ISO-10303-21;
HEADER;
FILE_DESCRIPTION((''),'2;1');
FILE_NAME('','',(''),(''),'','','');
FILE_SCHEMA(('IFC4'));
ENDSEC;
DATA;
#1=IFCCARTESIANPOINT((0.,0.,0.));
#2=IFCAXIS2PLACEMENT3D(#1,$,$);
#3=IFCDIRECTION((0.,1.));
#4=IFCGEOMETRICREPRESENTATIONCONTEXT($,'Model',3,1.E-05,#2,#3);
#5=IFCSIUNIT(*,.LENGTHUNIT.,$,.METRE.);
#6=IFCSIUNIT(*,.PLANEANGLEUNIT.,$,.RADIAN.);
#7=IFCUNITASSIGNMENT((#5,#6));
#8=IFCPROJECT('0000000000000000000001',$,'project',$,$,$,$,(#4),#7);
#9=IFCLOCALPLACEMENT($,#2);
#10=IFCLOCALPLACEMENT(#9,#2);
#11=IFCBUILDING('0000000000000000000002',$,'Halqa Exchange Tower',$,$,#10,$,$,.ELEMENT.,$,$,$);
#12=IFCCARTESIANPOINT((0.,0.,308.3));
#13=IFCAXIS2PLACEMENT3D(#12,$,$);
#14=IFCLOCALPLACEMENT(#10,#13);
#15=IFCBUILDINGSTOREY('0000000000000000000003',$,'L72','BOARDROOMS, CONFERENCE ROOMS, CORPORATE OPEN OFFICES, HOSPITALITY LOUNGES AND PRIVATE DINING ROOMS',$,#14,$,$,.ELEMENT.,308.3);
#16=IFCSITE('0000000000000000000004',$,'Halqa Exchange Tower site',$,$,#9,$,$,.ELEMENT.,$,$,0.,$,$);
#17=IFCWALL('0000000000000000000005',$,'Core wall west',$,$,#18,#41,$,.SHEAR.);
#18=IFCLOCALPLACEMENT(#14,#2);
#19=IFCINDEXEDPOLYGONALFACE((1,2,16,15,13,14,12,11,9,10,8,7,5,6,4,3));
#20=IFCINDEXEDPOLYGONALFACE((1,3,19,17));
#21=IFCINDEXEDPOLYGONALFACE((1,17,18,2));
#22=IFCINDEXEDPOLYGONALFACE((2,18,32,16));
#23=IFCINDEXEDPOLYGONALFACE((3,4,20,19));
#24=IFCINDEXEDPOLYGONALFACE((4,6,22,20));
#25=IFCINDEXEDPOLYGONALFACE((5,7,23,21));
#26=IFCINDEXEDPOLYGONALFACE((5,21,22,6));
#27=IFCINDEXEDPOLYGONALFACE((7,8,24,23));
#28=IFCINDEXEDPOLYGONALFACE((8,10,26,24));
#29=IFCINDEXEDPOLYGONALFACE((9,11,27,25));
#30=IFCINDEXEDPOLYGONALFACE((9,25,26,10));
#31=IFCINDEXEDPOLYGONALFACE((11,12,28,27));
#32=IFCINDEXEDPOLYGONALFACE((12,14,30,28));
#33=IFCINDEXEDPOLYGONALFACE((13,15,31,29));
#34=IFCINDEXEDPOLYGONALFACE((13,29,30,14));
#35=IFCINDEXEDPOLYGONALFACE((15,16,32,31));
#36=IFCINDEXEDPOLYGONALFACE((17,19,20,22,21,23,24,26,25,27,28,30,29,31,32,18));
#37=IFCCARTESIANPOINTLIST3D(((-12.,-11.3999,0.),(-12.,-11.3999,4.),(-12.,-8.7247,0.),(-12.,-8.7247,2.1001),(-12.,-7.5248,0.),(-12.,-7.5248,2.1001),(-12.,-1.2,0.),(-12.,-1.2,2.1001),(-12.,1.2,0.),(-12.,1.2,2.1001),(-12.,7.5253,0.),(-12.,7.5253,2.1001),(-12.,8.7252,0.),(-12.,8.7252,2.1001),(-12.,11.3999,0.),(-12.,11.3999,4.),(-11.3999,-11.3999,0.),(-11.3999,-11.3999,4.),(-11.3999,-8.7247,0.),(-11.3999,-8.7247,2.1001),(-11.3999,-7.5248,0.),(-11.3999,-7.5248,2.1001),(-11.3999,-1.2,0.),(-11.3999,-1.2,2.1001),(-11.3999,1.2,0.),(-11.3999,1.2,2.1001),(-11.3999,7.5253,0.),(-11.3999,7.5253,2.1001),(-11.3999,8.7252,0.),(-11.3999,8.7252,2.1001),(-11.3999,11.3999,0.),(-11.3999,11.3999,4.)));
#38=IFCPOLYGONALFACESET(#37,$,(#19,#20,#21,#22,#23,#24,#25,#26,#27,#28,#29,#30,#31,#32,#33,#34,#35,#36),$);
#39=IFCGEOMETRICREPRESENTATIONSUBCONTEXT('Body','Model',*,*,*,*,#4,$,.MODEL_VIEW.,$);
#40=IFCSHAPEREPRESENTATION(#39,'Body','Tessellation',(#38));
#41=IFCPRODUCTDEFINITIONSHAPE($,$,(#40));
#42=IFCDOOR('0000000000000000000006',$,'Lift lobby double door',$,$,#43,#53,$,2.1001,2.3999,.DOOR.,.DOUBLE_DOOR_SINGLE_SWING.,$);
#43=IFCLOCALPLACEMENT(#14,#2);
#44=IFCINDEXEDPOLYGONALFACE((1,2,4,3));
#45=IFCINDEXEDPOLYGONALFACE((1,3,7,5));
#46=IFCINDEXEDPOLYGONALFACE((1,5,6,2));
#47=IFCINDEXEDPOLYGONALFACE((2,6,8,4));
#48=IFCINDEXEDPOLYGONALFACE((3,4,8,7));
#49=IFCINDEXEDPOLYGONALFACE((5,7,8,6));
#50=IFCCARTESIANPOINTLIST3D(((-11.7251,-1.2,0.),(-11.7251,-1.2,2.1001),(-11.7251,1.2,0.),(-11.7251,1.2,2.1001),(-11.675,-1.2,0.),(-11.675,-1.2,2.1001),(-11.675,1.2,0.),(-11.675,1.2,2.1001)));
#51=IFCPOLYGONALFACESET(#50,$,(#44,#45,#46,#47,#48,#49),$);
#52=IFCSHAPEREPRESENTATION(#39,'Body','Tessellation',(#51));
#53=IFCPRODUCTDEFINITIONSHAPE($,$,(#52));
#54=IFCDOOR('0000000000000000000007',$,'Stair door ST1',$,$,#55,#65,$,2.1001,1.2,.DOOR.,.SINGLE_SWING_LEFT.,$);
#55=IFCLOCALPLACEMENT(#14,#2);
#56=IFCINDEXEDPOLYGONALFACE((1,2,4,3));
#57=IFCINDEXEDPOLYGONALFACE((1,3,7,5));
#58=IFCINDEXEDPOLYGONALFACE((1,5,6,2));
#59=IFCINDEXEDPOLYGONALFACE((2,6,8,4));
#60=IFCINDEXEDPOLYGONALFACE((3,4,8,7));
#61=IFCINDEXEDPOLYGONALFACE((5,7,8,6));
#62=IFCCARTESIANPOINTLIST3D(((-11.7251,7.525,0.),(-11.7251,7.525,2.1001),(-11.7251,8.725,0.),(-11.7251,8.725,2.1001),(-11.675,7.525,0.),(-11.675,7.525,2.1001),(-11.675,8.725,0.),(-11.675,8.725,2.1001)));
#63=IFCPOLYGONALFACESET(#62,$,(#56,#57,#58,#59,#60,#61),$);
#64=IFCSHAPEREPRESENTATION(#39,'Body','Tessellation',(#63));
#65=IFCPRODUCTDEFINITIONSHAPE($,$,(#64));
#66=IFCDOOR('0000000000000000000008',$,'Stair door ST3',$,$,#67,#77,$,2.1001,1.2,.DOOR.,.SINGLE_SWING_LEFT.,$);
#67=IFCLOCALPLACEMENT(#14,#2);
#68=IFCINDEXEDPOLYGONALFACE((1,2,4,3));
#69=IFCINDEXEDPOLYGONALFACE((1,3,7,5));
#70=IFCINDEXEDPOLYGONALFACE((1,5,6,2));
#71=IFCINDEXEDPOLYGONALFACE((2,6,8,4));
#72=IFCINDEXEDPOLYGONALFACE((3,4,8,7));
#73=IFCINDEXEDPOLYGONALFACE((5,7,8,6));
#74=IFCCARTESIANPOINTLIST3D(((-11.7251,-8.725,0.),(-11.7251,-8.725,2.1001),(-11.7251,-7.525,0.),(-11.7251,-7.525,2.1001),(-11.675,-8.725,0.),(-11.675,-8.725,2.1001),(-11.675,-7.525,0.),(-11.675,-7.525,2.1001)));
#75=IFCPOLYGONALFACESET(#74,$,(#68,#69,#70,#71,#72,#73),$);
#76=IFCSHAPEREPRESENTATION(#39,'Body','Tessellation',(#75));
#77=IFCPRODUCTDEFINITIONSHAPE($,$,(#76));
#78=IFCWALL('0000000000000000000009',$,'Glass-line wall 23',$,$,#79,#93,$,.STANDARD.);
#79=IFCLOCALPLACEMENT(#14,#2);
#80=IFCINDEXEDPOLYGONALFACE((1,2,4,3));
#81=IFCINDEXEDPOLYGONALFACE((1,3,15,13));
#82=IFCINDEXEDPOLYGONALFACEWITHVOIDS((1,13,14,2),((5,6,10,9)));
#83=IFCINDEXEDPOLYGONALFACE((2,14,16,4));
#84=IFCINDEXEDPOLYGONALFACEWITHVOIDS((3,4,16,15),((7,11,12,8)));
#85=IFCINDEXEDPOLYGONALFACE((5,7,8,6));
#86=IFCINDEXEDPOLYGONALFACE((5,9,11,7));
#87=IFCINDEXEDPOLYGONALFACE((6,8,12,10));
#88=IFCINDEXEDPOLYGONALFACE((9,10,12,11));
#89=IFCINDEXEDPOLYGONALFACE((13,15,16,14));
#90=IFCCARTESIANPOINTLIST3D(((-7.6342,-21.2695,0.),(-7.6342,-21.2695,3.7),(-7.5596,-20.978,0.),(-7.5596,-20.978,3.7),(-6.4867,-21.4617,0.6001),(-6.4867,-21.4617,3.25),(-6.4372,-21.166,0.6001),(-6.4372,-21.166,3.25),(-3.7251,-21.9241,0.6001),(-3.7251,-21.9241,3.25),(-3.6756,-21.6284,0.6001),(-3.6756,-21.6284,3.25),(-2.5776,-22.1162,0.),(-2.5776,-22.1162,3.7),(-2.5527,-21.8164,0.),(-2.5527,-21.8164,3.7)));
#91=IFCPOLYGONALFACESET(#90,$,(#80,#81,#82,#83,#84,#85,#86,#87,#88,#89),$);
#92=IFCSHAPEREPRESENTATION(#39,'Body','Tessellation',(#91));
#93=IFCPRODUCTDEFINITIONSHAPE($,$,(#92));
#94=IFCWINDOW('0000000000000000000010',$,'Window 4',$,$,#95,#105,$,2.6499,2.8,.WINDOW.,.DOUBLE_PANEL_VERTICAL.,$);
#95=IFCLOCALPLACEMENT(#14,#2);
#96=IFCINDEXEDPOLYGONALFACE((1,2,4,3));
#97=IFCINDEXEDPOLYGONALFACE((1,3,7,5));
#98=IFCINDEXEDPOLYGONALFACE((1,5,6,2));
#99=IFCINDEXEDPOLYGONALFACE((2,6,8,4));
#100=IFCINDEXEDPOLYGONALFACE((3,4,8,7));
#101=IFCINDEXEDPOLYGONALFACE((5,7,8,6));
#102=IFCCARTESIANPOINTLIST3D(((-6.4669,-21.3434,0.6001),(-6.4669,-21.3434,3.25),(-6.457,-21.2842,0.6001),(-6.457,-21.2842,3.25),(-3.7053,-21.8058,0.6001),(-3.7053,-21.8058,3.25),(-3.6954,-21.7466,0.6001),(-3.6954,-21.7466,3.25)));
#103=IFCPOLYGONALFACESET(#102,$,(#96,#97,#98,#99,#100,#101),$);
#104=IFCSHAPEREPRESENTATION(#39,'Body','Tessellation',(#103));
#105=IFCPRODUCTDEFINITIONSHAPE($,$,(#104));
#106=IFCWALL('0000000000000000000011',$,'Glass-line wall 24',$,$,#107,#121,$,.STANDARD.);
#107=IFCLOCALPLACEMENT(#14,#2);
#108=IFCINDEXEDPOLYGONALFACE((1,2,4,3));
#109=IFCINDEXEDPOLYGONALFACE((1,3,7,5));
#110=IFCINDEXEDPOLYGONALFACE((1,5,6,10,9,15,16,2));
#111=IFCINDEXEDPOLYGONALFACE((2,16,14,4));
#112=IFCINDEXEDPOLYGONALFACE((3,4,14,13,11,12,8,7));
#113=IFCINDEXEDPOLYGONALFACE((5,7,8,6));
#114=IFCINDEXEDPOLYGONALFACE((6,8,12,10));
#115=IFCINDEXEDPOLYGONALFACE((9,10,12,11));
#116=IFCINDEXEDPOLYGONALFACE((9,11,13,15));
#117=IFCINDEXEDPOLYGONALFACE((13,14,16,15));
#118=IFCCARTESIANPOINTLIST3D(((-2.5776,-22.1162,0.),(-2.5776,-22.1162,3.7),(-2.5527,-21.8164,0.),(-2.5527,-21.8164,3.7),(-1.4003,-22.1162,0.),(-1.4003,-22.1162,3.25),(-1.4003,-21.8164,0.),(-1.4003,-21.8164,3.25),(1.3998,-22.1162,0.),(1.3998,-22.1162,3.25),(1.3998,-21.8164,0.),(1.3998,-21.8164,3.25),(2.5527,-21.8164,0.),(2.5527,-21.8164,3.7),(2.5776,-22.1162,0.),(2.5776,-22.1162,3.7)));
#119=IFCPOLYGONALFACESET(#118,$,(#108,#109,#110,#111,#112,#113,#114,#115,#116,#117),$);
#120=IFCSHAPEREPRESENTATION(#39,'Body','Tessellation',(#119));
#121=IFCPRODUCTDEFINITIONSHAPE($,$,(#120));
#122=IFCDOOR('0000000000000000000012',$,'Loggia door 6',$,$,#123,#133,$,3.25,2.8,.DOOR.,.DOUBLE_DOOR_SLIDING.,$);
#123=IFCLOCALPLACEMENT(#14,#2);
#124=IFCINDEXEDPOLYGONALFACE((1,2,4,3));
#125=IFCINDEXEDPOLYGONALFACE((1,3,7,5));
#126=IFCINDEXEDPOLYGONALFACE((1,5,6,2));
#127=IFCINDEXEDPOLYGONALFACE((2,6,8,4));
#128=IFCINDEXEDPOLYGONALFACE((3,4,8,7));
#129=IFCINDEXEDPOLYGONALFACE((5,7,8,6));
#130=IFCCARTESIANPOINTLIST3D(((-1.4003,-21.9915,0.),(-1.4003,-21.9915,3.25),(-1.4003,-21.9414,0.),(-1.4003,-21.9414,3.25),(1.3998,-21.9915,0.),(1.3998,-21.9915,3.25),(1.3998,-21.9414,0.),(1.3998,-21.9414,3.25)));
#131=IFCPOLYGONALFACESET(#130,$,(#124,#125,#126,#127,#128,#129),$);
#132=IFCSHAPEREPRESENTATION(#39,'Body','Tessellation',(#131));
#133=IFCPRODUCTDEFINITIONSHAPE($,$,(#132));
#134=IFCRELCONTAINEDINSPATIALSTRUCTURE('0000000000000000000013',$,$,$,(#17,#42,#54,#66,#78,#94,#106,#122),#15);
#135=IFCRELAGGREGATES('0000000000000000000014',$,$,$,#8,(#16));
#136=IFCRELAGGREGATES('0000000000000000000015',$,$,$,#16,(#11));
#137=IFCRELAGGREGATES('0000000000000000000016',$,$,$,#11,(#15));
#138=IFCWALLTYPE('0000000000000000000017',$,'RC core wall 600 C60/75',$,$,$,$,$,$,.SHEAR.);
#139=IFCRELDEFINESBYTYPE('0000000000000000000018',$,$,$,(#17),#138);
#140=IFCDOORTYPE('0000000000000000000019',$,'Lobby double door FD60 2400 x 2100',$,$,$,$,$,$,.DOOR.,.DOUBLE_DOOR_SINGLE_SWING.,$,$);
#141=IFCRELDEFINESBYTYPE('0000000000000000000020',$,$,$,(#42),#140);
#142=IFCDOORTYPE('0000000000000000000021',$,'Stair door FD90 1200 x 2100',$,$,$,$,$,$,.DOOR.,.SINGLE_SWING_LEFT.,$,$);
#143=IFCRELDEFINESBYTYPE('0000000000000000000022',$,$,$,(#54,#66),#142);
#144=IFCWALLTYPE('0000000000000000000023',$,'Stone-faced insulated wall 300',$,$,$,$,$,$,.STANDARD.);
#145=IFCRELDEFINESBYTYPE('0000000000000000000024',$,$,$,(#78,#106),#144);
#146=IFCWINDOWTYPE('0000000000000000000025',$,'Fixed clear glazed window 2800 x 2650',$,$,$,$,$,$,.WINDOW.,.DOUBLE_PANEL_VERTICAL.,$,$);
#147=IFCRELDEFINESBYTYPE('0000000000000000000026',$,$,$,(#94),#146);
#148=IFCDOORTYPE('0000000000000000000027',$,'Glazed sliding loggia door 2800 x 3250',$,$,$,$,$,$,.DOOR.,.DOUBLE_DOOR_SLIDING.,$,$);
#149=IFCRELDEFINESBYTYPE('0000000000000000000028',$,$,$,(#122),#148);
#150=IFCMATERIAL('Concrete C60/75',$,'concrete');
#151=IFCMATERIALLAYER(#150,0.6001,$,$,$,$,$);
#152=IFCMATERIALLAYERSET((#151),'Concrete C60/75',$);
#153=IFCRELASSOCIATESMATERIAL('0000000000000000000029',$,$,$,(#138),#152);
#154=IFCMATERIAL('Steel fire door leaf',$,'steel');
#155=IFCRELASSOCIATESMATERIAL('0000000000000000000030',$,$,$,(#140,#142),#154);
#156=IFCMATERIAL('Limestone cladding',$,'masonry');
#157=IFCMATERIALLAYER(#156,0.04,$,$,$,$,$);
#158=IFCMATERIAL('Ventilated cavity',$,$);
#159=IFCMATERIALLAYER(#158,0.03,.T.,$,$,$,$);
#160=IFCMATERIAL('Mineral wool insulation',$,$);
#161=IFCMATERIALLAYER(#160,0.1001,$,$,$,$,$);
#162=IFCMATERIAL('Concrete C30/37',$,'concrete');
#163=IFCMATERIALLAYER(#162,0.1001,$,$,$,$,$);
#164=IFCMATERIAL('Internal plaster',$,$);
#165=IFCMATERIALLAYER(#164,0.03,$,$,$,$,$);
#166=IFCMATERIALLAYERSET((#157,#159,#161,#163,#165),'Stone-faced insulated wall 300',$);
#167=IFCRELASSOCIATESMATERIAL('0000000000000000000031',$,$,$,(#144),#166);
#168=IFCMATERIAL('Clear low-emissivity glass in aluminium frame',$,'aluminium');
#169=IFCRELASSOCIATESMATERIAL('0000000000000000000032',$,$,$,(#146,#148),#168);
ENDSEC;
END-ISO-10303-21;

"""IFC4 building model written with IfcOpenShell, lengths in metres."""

from ifc_helpers import new_model, si_unit, direction, frame, frame_2d, origin, place, context, subcontext, project, spatial, polyline, rectangle, outline, extrude, material, layer, layer_set, type_object, element, fill, save


model = new_model("IFC4")

# Units and contexts
model_context = context("Model", 3, precision=1e-05, world=origin(), true_north=direction((0.0, 1.0)))
body_context = subcontext(model_context, "Body", "Model", "MODEL_VIEW")
ifc_project = project(units=[si_unit("LENGTHUNIT", "METRE"), si_unit("PLANEANGLEUNIT", "RADIAN")], contexts=[model_context])

# Site, building, storey
site_placement = place(None, origin())
site = spatial("IfcSite", under=ifc_project, at=site_placement, Name="Halqa Exchange Tower site", CompositionType="ELEMENT", RefElevation=0.0)
building_placement = place(site_placement, origin())
building = spatial("IfcBuilding", under=site, at=building_placement, Name="Halqa Exchange Tower", CompositionType="ELEMENT")
storey_placement = place(building_placement, frame((0.0, 0.0, 308.3)))
storey = spatial("IfcBuildingStorey", under=building, at=storey_placement, Name="L72", Description="BOARDROOMS, CONFERENCE ROOMS, CORPORATE OPEN OFFICES, HOSPITALITY LOUNGES AND PRIVATE DINING ROOMS", CompositionType="ELEMENT", Elevation=308.3)

# Shared definitions
ifc_material_1 = material(Name="Concrete C60/75", Category="concrete")

# Wall, openings, doors
ifc_layer_1 = layer(ifc_material_1, 0.6001)
ifc_layer_set_1 = layer_set([ifc_layer_1], Name="Concrete C60/75")
wall_type_1 = type_object("IfcWallType", Name="RC core wall 600 C60/75", PredefinedType="SHEAR", material=ifc_layer_set_1)
wall_1_placement = place(storey_placement, frame((-11.7, -11.3999, 0.0), z_axis=(0.0, 0.0, 1.0), x_axis=(0.0, 1.0, 0.0)))
wall_1 = element("IfcWall", 1, at=wall_1_placement, inside=storey, type_object=wall_type_1, Name="Core wall west", PredefinedType="SHEAR", context=body_context, shape_type="SweptSolid", body=[
    extrude(rectangle(XDim=22.7998, YDim=0.6001, at=frame_2d((11.3999, 0.0))), origin(), (0.0, 0.0, 1.0), 4.0),
])
opening_1_placement = place(wall_1_placement, frame((10.2, 0.0, 0.0)))
opening_1 = element("IfcOpeningElement", 2, at=opening_1_placement, cuts=wall_1, PredefinedType="OPENING", context=body_context, shape_type="SweptSolid", body=[
    extrude(rectangle(XDim=2.3999, YDim=2.1001, at=frame_2d((1.2, 1.05))), frame((0.0, 0.312, 0.0), z_axis=(0.0, -1.0, 0.0), x_axis=(1.0, 0.0, 0.0)), (0.0, 0.0, 1.0), 0.624),
])
opening_2_placement = place(wall_1_placement, frame((18.925, 0.0, 0.0)))
opening_2 = element("IfcOpeningElement", 3, at=opening_2_placement, cuts=wall_1, PredefinedType="OPENING", context=body_context, shape_type="SweptSolid", body=[
    extrude(rectangle(XDim=1.2, YDim=2.1001, at=frame_2d((0.6001, 1.05))), frame((0.0, 0.312, 0.0), z_axis=(0.0, -1.0, 0.0), x_axis=(1.0, 0.0, 0.0)), (0.0, 0.0, 1.0), 0.624),
])
opening_3_placement = place(wall_1_placement, frame((2.675, 0.0, 0.0)))
opening_3 = element("IfcOpeningElement", 4, at=opening_3_placement, cuts=wall_1, PredefinedType="OPENING", context=body_context, shape_type="SweptSolid", body=[
    extrude(rectangle(XDim=1.2, YDim=2.1001, at=frame_2d((0.6001, 1.05))), frame((0.0, 0.312, 0.0), z_axis=(0.0, -1.0, 0.0), x_axis=(1.0, 0.0, 0.0)), (0.0, 0.0, 1.0), 0.624),
])
ifc_material_2 = material(Name="Steel fire door leaf", Category="steel")
door_type_1 = type_object("IfcDoorType", Name="Lobby double door FD60 2400 x 2100", OperationType="DOUBLE_DOOR_SINGLE_SWING", PredefinedType="DOOR", material=ifc_material_2)
door_1_placement = place(opening_1_placement, frame((2.3999, 0.0, 0.0), z_axis=(0.0, 0.0, 1.0), x_axis=(-1.0, 0.0, 0.0)))
door_1 = element("IfcDoor", 5, at=door_1_placement, inside=storey, type_object=door_type_1, Name="Lift lobby double door", OperationType="DOUBLE_DOOR_SINGLE_SWING", OverallHeight=2.1001, OverallWidth=2.3999, PredefinedType="DOOR", context=body_context, shape_type="SweptSolid", body=[
    extrude(rectangle(XDim=2.3999, YDim=2.1001, at=frame_2d((1.2, 1.05))), frame((0.0, 0.0249, 0.0), z_axis=(0.0, -1.0, 0.0), x_axis=(1.0, 0.0, 0.0)), (0.0, 0.0, 1.0), 0.05),
])
fill(opening_1, door_1)
door_type_2 = type_object("IfcDoorType", Name="Stair door FD90 1200 x 2100", OperationType="SINGLE_SWING_LEFT", PredefinedType="DOOR", material=ifc_material_2)
door_2_placement = place(opening_2_placement, frame((1.2, 0.0, 0.0), z_axis=(0.0, 0.0, 1.0), x_axis=(-1.0, 0.0, 0.0)))
door_2 = element("IfcDoor", 6, at=door_2_placement, inside=storey, type_object=door_type_2, Name="Stair door ST1", OperationType="SINGLE_SWING_LEFT", OverallHeight=2.1001, OverallWidth=1.2, PredefinedType="DOOR", context=body_context, shape_type="SweptSolid", body=[
    extrude(rectangle(XDim=1.2, YDim=2.1001, at=frame_2d((0.6001, 1.05))), frame((0.0, 0.0249, 0.0), z_axis=(0.0, -1.0, 0.0), x_axis=(1.0, 0.0, 0.0)), (0.0, 0.0, 1.0), 0.05),
])
fill(opening_2, door_2)
door_3_placement = place(opening_3_placement, frame((1.2, 0.0, 0.0), z_axis=(0.0, 0.0, 1.0), x_axis=(-1.0, 0.0, 0.0)))
door_3 = element("IfcDoor", 7, at=door_3_placement, inside=storey, type_object=door_type_2, Name="Stair door ST3", OperationType="SINGLE_SWING_LEFT", OverallHeight=2.1001, OverallWidth=1.2, PredefinedType="DOOR", context=body_context, shape_type="SweptSolid", body=[
    extrude(rectangle(XDim=1.2, YDim=2.1001, at=frame_2d((0.6001, 1.05))), frame((0.0, 0.0249, 0.0), z_axis=(0.0, -1.0, 0.0), x_axis=(1.0, 0.0, 0.0)), (0.0, 0.0, 1.0), 0.05),
])
fill(opening_3, door_3)

# Wall, opening, window
ifc_material_3 = material(Name="Limestone cladding", Category="masonry")
ifc_layer_2 = layer(ifc_material_3, 0.04)
ifc_material_4 = material(Name="Ventilated cavity")
ifc_layer_3 = layer(ifc_material_4, 0.03, ventilated=True)
ifc_material_5 = material(Name="Mineral wool insulation")
ifc_layer_4 = layer(ifc_material_5, 0.1001)
ifc_material_6 = material(Name="Concrete C30/37", Category="concrete")
ifc_layer_5 = layer(ifc_material_6, 0.1001)
ifc_material_7 = material(Name="Internal plaster")
ifc_layer_6 = layer(ifc_material_7, 0.03)
ifc_layer_set_2 = layer_set([ifc_layer_2, ifc_layer_3, ifc_layer_4, ifc_layer_5, ifc_layer_6], Name="Stone-faced insulated wall 300")
wall_type_2 = type_object("IfcWallType", Name="Stone-faced insulated wall 300", PredefinedType="STANDARD", material=ifc_layer_set_2)
wall_2_placement = place(storey_placement, frame((-7.5969, -21.1238, 0.0), z_axis=(0.0, 0.0, 1.0), x_axis=(0.986269, -0.165144, 0.0)))
wall_2 = element("IfcWall", 8, at=wall_2_placement, inside=storey, type_object=wall_type_2, Name="Glass-line wall 23", PredefinedType="STANDARD", context=body_context, shape_type="SweptSolid", body=[
    extrude(outline(polyline([(-0.0127, -0.1499), (5.1143, -0.1499), (5.0894, 0.1499), (0.0127, 0.1499), (-0.0127, -0.1499)])), origin(), (0.0, 0.0, 1.0), 3.7),
])
opening_4_placement = place(wall_2_placement, frame((1.1509, 0.0, 0.6001)))
opening_4 = element("IfcOpeningElement", 9, at=opening_4_placement, cuts=wall_2, PredefinedType="OPENING", context=body_context, shape_type="SweptSolid", body=[
    extrude(rectangle(XDim=2.8, YDim=2.6499, at=frame_2d((1.3999, 1.325))), frame((0.0, 0.1621, 0.0), z_axis=(0.0, -1.0, 0.0), x_axis=(1.0, 0.0, 0.0)), (0.0, 0.0, 1.0), 0.324),
])
ifc_material_8 = material(Name="Clear low-emissivity glass in aluminium frame", Category="aluminium")
window_type = type_object("IfcWindowType", Name="Fixed clear glazed window 2800 x 2650", PartitioningType="DOUBLE_PANEL_VERTICAL", PredefinedType="WINDOW", material=ifc_material_8)
window_placement = place(opening_4_placement, origin())
window = element("IfcWindow", 10, at=window_placement, inside=storey, type_object=window_type, Name="Window 4", OverallHeight=2.6499, OverallWidth=2.8, PartitioningType="DOUBLE_PANEL_VERTICAL", PredefinedType="WINDOW", context=body_context, shape_type="SweptSolid", body=[
    extrude(rectangle(XDim=2.8, YDim=2.6499, at=frame_2d((1.3999, 1.325))), frame((0.0, 0.03, 0.0), z_axis=(0.0, -1.0, 0.0), x_axis=(1.0, 0.0, 0.0)), (0.0, 0.0, 1.0), 0.0601),
])
fill(opening_4, window)

# Wall, opening, door
wall_3_placement = place(storey_placement, frame((-2.5652, -21.9663, 0.0), z_axis=(0.0, 0.0, 1.0), x_axis=(1.0, 0.0, 0.0)))
wall_3 = element("IfcWall", 11, at=wall_3_placement, inside=storey, type_object=wall_type_2, Name="Glass-line wall 24", PredefinedType="STANDARD", context=body_context, shape_type="SweptSolid", body=[
    extrude(outline(polyline([(-0.0125, -0.1499), (5.1428, -0.1499), (5.1179, 0.1499), (0.0125, 0.1499), (-0.0125, -0.1499)])), origin(), (0.0, 0.0, 1.0), 3.7),
])
opening_5_placement = place(wall_3_placement, frame((1.165, 0.0, 0.0)))
opening_5 = element("IfcOpeningElement", 12, at=opening_5_placement, cuts=wall_3, PredefinedType="OPENING", context=body_context, shape_type="SweptSolid", body=[
    extrude(rectangle(XDim=2.8, YDim=3.25, at=frame_2d((1.3999, 1.625))), frame((0.0, 0.1621, 0.0), z_axis=(0.0, -1.0, 0.0), x_axis=(1.0, 0.0, 0.0)), (0.0, 0.0, 1.0), 0.324),
])
door_type_3 = type_object("IfcDoorType", Name="Glazed sliding loggia door 2800 x 3250", OperationType="DOUBLE_DOOR_SLIDING", PredefinedType="DOOR", material=ifc_material_8)
door_4_placement = place(opening_5_placement, origin())
door_4 = element("IfcDoor", 13, at=door_4_placement, inside=storey, type_object=door_type_3, Name="Loggia door 6", OperationType="DOUBLE_DOOR_SLIDING", OverallHeight=3.25, OverallWidth=2.8, PredefinedType="DOOR", context=body_context, shape_type="SweptSolid", body=[
    extrude(rectangle(XDim=2.8, YDim=3.25, at=frame_2d((1.3999, 1.625))), frame((0.0, 0.0249, 0.0), z_axis=(0.0, -1.0, 0.0), x_axis=(1.0, 0.0, 0.0)), (0.0, 0.0, 1.0), 0.05),
])
fill(opening_5, door_4)

save(model, "model.ifc")
